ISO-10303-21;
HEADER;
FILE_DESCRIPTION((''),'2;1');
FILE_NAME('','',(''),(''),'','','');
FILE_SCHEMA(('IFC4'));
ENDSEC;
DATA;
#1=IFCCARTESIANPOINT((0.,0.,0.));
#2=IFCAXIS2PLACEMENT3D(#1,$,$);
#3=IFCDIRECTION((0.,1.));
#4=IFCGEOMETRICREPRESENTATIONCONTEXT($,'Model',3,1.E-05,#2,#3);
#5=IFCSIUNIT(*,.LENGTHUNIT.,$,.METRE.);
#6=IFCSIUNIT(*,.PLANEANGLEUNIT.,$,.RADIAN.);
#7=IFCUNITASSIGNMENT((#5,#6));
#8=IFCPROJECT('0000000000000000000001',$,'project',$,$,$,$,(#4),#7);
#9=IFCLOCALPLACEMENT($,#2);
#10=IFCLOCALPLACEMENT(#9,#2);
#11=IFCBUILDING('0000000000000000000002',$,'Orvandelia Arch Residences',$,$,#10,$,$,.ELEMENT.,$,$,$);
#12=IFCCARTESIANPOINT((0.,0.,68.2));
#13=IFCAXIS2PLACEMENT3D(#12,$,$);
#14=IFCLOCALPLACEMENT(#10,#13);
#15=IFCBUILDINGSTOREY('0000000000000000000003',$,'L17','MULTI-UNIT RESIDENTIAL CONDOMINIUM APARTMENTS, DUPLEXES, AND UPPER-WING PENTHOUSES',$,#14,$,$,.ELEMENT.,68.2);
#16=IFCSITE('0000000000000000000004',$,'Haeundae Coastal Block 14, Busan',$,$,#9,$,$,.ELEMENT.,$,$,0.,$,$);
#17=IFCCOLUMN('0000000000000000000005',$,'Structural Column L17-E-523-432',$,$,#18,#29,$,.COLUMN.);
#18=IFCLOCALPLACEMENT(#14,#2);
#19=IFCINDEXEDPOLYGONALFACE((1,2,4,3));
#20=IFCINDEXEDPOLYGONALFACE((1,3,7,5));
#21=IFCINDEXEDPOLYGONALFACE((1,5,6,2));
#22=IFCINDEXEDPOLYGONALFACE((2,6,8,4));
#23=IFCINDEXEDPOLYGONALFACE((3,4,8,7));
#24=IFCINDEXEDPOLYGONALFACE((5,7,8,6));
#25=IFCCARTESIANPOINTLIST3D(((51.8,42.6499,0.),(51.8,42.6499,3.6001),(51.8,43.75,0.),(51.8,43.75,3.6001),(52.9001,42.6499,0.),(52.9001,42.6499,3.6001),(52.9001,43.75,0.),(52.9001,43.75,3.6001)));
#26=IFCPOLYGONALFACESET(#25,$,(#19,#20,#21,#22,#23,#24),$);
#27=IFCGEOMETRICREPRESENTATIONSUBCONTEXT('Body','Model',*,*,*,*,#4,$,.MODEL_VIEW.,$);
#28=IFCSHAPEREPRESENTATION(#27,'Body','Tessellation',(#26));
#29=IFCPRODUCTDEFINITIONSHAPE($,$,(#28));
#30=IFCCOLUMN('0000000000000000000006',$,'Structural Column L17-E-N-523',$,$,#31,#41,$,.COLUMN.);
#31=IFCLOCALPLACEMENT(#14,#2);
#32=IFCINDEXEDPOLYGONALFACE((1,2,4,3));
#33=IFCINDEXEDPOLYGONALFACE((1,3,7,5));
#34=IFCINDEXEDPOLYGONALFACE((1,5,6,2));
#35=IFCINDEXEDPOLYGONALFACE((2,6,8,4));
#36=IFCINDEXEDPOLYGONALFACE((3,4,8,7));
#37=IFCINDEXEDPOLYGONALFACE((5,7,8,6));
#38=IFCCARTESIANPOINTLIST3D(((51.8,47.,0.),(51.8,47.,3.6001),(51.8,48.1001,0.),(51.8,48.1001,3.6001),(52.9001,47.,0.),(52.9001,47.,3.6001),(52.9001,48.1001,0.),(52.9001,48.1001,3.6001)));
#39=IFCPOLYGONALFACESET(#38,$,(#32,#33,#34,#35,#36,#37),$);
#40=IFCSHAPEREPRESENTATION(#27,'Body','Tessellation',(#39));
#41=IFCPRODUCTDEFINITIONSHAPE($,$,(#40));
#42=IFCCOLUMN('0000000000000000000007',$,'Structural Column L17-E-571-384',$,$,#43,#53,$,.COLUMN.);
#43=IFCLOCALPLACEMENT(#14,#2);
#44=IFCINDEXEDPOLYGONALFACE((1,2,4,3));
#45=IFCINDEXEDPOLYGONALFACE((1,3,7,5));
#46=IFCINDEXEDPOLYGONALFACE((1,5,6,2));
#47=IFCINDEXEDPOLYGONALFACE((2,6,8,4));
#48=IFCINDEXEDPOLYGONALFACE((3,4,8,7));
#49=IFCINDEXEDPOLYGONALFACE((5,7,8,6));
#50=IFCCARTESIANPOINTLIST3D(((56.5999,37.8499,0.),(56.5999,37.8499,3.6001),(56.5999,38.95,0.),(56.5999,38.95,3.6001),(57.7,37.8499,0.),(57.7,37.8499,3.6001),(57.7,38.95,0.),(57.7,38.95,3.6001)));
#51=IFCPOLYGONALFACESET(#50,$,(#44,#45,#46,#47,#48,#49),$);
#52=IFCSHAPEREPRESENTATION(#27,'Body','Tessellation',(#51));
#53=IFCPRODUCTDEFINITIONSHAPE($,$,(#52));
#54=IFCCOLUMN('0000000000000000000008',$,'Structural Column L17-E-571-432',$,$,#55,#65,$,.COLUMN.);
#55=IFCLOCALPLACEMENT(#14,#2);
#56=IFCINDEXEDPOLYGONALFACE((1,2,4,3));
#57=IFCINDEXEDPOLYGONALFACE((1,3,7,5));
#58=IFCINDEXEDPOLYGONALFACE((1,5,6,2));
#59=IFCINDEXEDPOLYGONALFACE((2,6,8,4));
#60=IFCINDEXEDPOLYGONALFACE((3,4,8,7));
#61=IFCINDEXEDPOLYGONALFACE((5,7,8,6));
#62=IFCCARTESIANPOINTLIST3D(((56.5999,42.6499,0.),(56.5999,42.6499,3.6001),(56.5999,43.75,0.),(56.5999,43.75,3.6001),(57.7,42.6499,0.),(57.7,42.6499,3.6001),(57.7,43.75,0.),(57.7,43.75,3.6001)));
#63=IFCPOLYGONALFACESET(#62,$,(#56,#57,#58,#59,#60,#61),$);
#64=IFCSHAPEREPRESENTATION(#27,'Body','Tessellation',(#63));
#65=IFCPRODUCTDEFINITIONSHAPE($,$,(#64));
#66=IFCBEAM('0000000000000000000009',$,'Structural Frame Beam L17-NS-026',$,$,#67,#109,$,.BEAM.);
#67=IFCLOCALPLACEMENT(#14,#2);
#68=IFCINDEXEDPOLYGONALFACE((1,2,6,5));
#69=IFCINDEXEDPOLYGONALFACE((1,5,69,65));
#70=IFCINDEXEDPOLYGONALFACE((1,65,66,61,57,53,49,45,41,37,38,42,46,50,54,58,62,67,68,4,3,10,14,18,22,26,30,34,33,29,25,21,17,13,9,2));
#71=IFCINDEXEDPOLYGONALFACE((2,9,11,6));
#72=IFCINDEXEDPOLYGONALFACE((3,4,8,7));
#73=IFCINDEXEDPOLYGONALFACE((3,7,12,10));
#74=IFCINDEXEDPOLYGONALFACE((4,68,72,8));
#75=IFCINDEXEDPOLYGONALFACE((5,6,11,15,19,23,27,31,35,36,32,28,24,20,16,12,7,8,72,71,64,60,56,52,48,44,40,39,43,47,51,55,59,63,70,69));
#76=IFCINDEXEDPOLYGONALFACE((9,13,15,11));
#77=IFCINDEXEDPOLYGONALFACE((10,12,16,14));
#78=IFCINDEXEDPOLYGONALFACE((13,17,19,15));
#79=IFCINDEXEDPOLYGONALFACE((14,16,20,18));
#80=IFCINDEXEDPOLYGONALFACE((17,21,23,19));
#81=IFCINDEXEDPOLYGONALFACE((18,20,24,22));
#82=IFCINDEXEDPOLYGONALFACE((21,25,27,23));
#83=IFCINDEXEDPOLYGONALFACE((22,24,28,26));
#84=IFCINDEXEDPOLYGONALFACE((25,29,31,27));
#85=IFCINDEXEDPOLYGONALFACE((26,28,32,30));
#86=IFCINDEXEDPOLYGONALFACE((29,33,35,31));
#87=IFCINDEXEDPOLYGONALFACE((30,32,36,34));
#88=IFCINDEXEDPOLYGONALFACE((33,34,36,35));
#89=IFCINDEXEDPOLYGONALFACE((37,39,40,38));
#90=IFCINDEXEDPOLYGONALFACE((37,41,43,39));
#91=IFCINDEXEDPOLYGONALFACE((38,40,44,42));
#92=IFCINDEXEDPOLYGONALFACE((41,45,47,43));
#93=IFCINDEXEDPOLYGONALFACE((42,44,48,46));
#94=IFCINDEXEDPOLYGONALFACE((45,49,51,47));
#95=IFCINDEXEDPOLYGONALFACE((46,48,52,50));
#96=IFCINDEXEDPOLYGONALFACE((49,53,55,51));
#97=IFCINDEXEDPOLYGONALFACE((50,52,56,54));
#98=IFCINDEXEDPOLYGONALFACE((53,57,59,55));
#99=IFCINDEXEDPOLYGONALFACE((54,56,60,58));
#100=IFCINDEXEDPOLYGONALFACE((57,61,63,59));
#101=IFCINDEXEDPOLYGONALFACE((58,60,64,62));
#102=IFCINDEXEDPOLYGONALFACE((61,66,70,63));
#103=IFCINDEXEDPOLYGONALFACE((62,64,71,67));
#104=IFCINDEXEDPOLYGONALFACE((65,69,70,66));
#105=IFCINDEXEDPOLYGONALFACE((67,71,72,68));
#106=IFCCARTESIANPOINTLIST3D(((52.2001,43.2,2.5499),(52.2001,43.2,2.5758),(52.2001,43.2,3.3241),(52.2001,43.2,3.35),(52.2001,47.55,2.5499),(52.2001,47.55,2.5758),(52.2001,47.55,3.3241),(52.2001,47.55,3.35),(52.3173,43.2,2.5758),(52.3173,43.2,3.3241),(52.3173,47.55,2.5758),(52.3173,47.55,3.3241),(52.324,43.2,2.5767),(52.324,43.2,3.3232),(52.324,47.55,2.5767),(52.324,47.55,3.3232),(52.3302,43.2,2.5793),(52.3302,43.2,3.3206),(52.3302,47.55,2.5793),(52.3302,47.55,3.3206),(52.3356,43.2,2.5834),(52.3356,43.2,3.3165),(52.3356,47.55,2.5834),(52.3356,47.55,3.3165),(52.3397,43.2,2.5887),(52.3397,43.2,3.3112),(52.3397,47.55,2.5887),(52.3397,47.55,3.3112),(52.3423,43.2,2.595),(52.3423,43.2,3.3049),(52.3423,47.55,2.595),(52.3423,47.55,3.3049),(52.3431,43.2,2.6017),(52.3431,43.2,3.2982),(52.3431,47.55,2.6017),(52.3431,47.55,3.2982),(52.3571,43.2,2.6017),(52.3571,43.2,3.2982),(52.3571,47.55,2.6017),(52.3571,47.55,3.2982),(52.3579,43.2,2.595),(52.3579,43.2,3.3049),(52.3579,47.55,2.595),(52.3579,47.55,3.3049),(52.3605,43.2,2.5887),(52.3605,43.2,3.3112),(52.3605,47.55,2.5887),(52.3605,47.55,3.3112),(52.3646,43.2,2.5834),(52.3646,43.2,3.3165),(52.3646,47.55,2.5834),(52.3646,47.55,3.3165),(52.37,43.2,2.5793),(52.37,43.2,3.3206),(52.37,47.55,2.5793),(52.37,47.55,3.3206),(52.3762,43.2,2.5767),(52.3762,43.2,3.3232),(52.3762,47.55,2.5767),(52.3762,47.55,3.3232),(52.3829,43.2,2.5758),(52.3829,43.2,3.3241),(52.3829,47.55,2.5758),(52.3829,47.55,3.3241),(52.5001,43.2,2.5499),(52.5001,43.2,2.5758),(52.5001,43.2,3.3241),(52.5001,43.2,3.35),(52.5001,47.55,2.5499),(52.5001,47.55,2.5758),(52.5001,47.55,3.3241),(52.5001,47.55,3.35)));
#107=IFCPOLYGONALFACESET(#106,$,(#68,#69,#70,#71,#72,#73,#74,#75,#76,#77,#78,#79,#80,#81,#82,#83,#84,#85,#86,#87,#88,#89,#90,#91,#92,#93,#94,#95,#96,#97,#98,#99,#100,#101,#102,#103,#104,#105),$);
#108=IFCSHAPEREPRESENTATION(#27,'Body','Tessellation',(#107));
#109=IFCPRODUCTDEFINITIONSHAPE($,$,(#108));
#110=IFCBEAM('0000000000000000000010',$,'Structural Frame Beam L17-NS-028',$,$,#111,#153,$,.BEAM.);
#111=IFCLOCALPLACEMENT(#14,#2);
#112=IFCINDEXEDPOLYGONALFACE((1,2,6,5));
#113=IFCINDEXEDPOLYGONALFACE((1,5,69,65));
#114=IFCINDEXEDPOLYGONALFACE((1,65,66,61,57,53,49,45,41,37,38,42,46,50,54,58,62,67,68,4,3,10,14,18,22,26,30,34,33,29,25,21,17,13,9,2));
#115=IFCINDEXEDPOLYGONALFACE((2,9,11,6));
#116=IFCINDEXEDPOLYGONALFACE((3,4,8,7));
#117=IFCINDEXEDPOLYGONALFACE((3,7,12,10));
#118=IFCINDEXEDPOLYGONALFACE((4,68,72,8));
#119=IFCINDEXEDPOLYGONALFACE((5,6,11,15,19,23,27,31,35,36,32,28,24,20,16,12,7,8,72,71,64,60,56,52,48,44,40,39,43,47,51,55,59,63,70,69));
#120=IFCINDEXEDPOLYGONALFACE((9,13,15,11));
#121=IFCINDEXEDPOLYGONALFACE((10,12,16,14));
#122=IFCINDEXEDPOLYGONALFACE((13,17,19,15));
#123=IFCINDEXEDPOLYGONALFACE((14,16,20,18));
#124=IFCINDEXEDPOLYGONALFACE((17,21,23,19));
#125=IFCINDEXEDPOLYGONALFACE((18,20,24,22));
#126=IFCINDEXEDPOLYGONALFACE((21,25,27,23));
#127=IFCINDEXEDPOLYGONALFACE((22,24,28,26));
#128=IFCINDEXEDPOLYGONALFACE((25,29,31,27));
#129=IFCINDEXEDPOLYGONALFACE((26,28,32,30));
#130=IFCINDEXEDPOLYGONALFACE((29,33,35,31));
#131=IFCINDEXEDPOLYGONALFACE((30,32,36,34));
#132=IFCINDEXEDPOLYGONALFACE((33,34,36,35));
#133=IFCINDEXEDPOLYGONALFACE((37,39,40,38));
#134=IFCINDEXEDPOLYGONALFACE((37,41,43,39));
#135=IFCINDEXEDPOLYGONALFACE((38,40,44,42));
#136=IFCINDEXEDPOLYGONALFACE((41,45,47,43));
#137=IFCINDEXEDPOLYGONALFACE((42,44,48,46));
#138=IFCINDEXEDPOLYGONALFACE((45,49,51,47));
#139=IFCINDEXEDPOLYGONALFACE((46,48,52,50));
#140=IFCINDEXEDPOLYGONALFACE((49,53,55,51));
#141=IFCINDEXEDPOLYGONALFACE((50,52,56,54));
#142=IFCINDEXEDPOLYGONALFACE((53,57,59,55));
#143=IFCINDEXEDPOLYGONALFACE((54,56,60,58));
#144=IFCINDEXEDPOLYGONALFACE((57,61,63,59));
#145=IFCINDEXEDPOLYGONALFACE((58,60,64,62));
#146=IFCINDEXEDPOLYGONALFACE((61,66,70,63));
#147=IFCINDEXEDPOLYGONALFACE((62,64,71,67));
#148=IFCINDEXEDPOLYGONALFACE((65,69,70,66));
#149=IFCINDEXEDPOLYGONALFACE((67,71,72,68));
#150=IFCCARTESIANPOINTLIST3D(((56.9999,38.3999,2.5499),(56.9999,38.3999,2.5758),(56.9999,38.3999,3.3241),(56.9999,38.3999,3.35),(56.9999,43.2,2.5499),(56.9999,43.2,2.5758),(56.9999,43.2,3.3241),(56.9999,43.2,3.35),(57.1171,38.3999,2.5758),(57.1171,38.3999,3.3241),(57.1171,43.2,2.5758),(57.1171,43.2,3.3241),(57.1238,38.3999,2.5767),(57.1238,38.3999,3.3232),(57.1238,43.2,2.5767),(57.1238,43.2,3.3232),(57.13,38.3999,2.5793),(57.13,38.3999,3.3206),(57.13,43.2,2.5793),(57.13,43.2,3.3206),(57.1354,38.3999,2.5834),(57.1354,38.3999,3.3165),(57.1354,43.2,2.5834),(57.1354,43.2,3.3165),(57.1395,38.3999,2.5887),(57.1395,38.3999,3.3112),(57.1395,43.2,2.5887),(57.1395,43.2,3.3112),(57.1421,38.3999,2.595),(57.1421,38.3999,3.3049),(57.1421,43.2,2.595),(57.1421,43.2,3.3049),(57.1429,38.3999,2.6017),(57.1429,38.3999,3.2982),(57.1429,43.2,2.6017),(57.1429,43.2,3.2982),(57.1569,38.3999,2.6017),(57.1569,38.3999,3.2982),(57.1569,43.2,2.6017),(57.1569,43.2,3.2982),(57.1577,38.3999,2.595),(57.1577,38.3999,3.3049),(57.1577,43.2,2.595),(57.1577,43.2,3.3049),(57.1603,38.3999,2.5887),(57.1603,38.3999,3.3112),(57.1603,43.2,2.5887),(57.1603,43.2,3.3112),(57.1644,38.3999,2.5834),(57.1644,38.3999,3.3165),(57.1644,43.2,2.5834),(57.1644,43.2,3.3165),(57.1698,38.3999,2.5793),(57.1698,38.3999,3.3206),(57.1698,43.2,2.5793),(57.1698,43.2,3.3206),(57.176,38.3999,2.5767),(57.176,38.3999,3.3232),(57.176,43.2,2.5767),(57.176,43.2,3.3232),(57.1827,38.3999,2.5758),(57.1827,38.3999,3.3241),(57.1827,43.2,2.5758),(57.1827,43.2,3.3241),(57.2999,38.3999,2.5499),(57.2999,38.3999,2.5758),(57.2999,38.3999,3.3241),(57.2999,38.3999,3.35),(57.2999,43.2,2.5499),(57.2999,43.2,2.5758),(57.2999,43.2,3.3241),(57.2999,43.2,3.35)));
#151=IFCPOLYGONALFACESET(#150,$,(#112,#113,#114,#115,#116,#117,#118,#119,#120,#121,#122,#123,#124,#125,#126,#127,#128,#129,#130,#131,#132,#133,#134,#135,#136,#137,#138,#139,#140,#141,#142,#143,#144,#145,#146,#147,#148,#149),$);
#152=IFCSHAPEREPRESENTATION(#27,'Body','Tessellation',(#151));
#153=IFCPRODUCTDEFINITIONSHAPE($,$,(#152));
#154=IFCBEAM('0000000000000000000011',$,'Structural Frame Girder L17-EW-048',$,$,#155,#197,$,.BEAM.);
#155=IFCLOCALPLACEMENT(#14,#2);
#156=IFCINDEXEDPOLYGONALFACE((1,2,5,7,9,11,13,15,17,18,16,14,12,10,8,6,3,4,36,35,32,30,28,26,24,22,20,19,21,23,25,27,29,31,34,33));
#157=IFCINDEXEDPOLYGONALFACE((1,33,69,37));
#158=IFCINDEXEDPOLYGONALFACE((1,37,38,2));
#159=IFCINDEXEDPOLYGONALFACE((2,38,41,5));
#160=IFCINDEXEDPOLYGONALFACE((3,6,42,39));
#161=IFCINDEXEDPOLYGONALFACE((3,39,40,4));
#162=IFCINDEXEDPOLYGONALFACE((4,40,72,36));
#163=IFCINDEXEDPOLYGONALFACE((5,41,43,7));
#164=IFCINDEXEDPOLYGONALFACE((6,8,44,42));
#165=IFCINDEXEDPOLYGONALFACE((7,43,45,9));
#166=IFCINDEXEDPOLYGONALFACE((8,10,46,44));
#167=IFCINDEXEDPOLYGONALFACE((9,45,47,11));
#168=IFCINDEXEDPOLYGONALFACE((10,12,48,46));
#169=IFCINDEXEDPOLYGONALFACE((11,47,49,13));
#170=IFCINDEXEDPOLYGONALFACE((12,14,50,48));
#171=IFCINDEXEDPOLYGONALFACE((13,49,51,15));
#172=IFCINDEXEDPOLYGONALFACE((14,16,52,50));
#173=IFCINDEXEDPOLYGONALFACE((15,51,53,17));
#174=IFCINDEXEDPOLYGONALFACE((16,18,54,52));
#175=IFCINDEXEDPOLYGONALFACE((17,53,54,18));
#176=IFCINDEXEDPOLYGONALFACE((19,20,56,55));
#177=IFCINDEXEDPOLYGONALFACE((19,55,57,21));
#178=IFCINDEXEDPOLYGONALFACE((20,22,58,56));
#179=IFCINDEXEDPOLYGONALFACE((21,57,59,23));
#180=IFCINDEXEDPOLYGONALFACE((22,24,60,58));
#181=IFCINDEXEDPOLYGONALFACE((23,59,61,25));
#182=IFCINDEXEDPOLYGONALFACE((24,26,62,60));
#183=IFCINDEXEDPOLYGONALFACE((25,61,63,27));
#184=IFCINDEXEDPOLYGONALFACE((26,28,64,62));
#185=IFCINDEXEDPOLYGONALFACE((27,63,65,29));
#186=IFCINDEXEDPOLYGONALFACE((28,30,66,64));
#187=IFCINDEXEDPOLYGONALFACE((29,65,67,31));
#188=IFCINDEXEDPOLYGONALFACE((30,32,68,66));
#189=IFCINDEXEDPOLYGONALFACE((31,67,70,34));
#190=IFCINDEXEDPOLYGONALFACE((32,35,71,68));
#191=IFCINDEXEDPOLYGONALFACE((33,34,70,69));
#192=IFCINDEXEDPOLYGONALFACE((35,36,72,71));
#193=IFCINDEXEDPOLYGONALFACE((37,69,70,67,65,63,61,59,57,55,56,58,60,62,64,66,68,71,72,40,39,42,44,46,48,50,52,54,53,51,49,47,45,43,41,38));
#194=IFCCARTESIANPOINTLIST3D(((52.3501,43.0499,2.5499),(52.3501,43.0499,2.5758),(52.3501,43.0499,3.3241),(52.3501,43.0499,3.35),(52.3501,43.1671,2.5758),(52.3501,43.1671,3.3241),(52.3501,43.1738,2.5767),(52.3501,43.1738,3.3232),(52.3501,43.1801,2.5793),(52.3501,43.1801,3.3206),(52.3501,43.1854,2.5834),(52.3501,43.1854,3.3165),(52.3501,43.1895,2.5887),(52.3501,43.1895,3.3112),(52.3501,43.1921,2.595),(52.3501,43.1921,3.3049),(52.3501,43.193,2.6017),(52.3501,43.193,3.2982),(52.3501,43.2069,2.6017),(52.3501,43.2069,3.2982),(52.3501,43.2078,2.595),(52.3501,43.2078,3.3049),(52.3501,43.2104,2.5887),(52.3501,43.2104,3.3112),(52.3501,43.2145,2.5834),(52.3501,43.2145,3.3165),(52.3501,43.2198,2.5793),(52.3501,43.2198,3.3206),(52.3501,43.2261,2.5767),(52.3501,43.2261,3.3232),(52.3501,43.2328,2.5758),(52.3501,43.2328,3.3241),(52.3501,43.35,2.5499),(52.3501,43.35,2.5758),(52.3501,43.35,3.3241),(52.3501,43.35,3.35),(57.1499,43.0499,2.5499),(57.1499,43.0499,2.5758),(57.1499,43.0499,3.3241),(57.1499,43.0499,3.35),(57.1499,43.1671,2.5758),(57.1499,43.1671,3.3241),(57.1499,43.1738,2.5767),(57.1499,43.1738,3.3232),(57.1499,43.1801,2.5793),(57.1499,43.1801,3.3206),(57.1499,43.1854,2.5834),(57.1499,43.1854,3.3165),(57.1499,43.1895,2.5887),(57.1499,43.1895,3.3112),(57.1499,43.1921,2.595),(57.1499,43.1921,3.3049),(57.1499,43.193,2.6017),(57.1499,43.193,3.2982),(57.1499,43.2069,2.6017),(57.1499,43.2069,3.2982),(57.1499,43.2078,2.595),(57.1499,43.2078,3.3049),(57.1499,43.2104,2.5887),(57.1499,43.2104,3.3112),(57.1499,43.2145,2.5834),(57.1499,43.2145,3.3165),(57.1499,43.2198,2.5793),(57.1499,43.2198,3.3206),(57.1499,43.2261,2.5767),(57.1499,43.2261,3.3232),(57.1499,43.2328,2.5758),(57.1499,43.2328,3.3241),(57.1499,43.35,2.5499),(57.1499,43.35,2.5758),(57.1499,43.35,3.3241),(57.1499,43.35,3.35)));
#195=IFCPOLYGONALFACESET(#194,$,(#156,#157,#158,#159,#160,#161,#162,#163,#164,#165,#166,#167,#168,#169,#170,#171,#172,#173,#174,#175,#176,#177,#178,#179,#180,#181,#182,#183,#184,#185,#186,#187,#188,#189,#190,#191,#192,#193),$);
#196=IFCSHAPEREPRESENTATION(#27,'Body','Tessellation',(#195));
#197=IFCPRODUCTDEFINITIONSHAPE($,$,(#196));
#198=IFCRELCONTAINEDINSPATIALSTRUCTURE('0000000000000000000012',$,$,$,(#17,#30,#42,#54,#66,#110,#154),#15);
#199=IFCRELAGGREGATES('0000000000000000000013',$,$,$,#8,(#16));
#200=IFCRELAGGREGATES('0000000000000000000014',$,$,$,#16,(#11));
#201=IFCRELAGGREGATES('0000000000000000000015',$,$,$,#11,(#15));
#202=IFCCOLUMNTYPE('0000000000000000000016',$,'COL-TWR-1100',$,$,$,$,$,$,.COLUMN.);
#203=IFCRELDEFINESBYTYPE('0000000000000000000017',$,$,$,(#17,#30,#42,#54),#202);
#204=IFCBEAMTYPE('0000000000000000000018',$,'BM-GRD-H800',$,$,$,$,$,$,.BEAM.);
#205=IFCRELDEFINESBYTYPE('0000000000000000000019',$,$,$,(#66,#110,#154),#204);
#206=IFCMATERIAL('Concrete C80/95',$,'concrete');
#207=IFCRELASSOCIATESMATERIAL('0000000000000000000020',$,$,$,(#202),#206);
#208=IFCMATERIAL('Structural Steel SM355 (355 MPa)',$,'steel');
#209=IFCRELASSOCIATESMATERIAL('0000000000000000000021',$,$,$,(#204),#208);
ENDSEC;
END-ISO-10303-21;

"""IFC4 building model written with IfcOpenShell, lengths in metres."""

from ifc_helpers import new_model, si_unit, direction, frame, origin, origin_2d, place, context, subcontext, project, spatial, rectangle, i_section, extrude, material, material_profile, profile_set, type_object, element, save


model = new_model("IFC4")

# Units and contexts
model_context = context("Model", 3, precision=1e-05, world=origin(), true_north=direction((0.0, 1.0)))
body_context = subcontext(model_context, "Body", "Model", "MODEL_VIEW")
ifc_project = project(units=[si_unit("LENGTHUNIT", "METRE"), si_unit("PLANEANGLEUNIT", "RADIAN")], contexts=[model_context])

# Site, building, storey
site_placement = place(None, origin())
site = spatial("IfcSite", under=ifc_project, at=site_placement, Name="Haeundae Coastal Block 14, Busan", CompositionType="ELEMENT", RefElevation=0.0)
building_placement = place(site_placement, origin())
building = spatial("IfcBuilding", under=site, at=building_placement, Name="Orvandelia Arch Residences", CompositionType="ELEMENT")
storey_placement = place(building_placement, frame((0.0, 0.0, 68.2)))
storey = spatial("IfcBuildingStorey", under=building, at=storey_placement, Name="L17", Description="MULTI-UNIT RESIDENTIAL CONDOMINIUM APARTMENTS, DUPLEXES, AND UPPER-WING PENTHOUSES", CompositionType="ELEMENT", Elevation=68.2)

# Columns
ifc_material_1 = material(Name="Concrete C80/95", Category="concrete")
ifc_material_profile_1 = material_profile(ifc_material_1, rectangle(XDim=1.1001, YDim=1.1001, at=origin_2d()), Name="Concrete C80/95", Category="concrete")
ifc_profile_set_1 = profile_set([ifc_material_profile_1], Name="Concrete C80/95")
column_type = type_object("IfcColumnType", Name="COL-TWR-1100", PredefinedType="COLUMN", material=ifc_profile_set_1)
for number, where, z_axis, x_axis, name in (
    (1, (52.3501, 43.2, 0.0), (0.0, 0.0, 1.0), (1.0, 0.0, 0.0), "Structural Column L17-E-523-432"),
    (2, (52.3501, 47.55, 0.0), (0.0, 0.0, 1.0), (1.0, 0.0, 0.0), "Structural Column L17-E-N-523"),
    (3, (57.1499, 38.3999, 0.0), (0.0, 0.0, 1.0), (1.0, 0.0, 0.0), "Structural Column L17-E-571-384"),
    (4, (57.1499, 43.2, 0.0), (0.0, 0.0, 1.0), (1.0, 0.0, 0.0), "Structural Column L17-E-571-432"),
):
    element("IfcColumn", number, at=place(storey_placement, frame(where, z_axis=z_axis, x_axis=x_axis)), inside=storey, type_object=column_type, Name=name, PredefinedType="COLUMN", context=body_context, shape_type="SweptSolid", body=[
        extrude(rectangle(XDim=1.1001, YDim=1.1001, at=origin_2d()), origin(), (0.0, 0.0, 1.0), 3.6001),
    ])

# Beams
ifc_material_2 = material(Name="Structural Steel SM355 (355 MPa)", Category="steel")
ifc_material_profile_2 = material_profile(ifc_material_2, i_section(OverallWidth=0.3, OverallDepth=0.8, WebThickness=0.0139, FlangeThickness=0.0259, FilletRadius=0.0259, at=origin_2d()), Name="Structural Steel SM355 (355 MPa)", Category="steel")
ifc_profile_set_2 = profile_set([ifc_material_profile_2], Name="Structural Steel SM355 (355 MPa)")
beam_type = type_object("IfcBeamType", Name="BM-GRD-H800", PredefinedType="BEAM", material=ifc_profile_set_2)
beam_1_placement = place(storey_placement, frame((52.3501, 43.2, 2.95), z_axis=(0.0, 1.0, 0.0), x_axis=(-1.0, 0.0, 0.0)))
element("IfcBeam", 5, at=beam_1_placement, inside=storey, type_object=beam_type, Name="Structural Frame Beam L17-NS-026", PredefinedType="BEAM", context=body_context, shape_type="SweptSolid", body=[
    extrude(i_section(OverallWidth=0.3, OverallDepth=0.8, WebThickness=0.0139, FlangeThickness=0.0259, FilletRadius=0.0259, at=origin_2d()), origin(), (0.0, 0.0, 1.0), 4.3501),
])
beam_2_placement = place(storey_placement, frame((57.1499, 38.3999, 2.95), z_axis=(0.0, 1.0, 0.0), x_axis=(-1.0, 0.0, 0.0)))
element("IfcBeam", 6, at=beam_2_placement, inside=storey, type_object=beam_type, Name="Structural Frame Beam L17-NS-028", PredefinedType="BEAM", context=body_context, shape_type="SweptSolid", body=[
    extrude(i_section(OverallWidth=0.3, OverallDepth=0.8, WebThickness=0.0139, FlangeThickness=0.0259, FilletRadius=0.0259, at=origin_2d()), origin(), (0.0, 0.0, 1.0), 4.8),
])
beam_3_placement = place(storey_placement, frame((52.3501, 43.2, 2.95), z_axis=(1.0, 0.0, 0.0), x_axis=(0.0, 1.0, 0.0)))
element("IfcBeam", 7, at=beam_3_placement, inside=storey, type_object=beam_type, Name="Structural Frame Girder L17-EW-048", PredefinedType="BEAM", context=body_context, shape_type="SweptSolid", body=[
    extrude(i_section(OverallWidth=0.3, OverallDepth=0.8, WebThickness=0.0139, FlangeThickness=0.0259, FilletRadius=0.0259, at=origin_2d()), origin(), (0.0, 0.0, 1.0), 4.7998),
])

save(model, "model.ifc")
